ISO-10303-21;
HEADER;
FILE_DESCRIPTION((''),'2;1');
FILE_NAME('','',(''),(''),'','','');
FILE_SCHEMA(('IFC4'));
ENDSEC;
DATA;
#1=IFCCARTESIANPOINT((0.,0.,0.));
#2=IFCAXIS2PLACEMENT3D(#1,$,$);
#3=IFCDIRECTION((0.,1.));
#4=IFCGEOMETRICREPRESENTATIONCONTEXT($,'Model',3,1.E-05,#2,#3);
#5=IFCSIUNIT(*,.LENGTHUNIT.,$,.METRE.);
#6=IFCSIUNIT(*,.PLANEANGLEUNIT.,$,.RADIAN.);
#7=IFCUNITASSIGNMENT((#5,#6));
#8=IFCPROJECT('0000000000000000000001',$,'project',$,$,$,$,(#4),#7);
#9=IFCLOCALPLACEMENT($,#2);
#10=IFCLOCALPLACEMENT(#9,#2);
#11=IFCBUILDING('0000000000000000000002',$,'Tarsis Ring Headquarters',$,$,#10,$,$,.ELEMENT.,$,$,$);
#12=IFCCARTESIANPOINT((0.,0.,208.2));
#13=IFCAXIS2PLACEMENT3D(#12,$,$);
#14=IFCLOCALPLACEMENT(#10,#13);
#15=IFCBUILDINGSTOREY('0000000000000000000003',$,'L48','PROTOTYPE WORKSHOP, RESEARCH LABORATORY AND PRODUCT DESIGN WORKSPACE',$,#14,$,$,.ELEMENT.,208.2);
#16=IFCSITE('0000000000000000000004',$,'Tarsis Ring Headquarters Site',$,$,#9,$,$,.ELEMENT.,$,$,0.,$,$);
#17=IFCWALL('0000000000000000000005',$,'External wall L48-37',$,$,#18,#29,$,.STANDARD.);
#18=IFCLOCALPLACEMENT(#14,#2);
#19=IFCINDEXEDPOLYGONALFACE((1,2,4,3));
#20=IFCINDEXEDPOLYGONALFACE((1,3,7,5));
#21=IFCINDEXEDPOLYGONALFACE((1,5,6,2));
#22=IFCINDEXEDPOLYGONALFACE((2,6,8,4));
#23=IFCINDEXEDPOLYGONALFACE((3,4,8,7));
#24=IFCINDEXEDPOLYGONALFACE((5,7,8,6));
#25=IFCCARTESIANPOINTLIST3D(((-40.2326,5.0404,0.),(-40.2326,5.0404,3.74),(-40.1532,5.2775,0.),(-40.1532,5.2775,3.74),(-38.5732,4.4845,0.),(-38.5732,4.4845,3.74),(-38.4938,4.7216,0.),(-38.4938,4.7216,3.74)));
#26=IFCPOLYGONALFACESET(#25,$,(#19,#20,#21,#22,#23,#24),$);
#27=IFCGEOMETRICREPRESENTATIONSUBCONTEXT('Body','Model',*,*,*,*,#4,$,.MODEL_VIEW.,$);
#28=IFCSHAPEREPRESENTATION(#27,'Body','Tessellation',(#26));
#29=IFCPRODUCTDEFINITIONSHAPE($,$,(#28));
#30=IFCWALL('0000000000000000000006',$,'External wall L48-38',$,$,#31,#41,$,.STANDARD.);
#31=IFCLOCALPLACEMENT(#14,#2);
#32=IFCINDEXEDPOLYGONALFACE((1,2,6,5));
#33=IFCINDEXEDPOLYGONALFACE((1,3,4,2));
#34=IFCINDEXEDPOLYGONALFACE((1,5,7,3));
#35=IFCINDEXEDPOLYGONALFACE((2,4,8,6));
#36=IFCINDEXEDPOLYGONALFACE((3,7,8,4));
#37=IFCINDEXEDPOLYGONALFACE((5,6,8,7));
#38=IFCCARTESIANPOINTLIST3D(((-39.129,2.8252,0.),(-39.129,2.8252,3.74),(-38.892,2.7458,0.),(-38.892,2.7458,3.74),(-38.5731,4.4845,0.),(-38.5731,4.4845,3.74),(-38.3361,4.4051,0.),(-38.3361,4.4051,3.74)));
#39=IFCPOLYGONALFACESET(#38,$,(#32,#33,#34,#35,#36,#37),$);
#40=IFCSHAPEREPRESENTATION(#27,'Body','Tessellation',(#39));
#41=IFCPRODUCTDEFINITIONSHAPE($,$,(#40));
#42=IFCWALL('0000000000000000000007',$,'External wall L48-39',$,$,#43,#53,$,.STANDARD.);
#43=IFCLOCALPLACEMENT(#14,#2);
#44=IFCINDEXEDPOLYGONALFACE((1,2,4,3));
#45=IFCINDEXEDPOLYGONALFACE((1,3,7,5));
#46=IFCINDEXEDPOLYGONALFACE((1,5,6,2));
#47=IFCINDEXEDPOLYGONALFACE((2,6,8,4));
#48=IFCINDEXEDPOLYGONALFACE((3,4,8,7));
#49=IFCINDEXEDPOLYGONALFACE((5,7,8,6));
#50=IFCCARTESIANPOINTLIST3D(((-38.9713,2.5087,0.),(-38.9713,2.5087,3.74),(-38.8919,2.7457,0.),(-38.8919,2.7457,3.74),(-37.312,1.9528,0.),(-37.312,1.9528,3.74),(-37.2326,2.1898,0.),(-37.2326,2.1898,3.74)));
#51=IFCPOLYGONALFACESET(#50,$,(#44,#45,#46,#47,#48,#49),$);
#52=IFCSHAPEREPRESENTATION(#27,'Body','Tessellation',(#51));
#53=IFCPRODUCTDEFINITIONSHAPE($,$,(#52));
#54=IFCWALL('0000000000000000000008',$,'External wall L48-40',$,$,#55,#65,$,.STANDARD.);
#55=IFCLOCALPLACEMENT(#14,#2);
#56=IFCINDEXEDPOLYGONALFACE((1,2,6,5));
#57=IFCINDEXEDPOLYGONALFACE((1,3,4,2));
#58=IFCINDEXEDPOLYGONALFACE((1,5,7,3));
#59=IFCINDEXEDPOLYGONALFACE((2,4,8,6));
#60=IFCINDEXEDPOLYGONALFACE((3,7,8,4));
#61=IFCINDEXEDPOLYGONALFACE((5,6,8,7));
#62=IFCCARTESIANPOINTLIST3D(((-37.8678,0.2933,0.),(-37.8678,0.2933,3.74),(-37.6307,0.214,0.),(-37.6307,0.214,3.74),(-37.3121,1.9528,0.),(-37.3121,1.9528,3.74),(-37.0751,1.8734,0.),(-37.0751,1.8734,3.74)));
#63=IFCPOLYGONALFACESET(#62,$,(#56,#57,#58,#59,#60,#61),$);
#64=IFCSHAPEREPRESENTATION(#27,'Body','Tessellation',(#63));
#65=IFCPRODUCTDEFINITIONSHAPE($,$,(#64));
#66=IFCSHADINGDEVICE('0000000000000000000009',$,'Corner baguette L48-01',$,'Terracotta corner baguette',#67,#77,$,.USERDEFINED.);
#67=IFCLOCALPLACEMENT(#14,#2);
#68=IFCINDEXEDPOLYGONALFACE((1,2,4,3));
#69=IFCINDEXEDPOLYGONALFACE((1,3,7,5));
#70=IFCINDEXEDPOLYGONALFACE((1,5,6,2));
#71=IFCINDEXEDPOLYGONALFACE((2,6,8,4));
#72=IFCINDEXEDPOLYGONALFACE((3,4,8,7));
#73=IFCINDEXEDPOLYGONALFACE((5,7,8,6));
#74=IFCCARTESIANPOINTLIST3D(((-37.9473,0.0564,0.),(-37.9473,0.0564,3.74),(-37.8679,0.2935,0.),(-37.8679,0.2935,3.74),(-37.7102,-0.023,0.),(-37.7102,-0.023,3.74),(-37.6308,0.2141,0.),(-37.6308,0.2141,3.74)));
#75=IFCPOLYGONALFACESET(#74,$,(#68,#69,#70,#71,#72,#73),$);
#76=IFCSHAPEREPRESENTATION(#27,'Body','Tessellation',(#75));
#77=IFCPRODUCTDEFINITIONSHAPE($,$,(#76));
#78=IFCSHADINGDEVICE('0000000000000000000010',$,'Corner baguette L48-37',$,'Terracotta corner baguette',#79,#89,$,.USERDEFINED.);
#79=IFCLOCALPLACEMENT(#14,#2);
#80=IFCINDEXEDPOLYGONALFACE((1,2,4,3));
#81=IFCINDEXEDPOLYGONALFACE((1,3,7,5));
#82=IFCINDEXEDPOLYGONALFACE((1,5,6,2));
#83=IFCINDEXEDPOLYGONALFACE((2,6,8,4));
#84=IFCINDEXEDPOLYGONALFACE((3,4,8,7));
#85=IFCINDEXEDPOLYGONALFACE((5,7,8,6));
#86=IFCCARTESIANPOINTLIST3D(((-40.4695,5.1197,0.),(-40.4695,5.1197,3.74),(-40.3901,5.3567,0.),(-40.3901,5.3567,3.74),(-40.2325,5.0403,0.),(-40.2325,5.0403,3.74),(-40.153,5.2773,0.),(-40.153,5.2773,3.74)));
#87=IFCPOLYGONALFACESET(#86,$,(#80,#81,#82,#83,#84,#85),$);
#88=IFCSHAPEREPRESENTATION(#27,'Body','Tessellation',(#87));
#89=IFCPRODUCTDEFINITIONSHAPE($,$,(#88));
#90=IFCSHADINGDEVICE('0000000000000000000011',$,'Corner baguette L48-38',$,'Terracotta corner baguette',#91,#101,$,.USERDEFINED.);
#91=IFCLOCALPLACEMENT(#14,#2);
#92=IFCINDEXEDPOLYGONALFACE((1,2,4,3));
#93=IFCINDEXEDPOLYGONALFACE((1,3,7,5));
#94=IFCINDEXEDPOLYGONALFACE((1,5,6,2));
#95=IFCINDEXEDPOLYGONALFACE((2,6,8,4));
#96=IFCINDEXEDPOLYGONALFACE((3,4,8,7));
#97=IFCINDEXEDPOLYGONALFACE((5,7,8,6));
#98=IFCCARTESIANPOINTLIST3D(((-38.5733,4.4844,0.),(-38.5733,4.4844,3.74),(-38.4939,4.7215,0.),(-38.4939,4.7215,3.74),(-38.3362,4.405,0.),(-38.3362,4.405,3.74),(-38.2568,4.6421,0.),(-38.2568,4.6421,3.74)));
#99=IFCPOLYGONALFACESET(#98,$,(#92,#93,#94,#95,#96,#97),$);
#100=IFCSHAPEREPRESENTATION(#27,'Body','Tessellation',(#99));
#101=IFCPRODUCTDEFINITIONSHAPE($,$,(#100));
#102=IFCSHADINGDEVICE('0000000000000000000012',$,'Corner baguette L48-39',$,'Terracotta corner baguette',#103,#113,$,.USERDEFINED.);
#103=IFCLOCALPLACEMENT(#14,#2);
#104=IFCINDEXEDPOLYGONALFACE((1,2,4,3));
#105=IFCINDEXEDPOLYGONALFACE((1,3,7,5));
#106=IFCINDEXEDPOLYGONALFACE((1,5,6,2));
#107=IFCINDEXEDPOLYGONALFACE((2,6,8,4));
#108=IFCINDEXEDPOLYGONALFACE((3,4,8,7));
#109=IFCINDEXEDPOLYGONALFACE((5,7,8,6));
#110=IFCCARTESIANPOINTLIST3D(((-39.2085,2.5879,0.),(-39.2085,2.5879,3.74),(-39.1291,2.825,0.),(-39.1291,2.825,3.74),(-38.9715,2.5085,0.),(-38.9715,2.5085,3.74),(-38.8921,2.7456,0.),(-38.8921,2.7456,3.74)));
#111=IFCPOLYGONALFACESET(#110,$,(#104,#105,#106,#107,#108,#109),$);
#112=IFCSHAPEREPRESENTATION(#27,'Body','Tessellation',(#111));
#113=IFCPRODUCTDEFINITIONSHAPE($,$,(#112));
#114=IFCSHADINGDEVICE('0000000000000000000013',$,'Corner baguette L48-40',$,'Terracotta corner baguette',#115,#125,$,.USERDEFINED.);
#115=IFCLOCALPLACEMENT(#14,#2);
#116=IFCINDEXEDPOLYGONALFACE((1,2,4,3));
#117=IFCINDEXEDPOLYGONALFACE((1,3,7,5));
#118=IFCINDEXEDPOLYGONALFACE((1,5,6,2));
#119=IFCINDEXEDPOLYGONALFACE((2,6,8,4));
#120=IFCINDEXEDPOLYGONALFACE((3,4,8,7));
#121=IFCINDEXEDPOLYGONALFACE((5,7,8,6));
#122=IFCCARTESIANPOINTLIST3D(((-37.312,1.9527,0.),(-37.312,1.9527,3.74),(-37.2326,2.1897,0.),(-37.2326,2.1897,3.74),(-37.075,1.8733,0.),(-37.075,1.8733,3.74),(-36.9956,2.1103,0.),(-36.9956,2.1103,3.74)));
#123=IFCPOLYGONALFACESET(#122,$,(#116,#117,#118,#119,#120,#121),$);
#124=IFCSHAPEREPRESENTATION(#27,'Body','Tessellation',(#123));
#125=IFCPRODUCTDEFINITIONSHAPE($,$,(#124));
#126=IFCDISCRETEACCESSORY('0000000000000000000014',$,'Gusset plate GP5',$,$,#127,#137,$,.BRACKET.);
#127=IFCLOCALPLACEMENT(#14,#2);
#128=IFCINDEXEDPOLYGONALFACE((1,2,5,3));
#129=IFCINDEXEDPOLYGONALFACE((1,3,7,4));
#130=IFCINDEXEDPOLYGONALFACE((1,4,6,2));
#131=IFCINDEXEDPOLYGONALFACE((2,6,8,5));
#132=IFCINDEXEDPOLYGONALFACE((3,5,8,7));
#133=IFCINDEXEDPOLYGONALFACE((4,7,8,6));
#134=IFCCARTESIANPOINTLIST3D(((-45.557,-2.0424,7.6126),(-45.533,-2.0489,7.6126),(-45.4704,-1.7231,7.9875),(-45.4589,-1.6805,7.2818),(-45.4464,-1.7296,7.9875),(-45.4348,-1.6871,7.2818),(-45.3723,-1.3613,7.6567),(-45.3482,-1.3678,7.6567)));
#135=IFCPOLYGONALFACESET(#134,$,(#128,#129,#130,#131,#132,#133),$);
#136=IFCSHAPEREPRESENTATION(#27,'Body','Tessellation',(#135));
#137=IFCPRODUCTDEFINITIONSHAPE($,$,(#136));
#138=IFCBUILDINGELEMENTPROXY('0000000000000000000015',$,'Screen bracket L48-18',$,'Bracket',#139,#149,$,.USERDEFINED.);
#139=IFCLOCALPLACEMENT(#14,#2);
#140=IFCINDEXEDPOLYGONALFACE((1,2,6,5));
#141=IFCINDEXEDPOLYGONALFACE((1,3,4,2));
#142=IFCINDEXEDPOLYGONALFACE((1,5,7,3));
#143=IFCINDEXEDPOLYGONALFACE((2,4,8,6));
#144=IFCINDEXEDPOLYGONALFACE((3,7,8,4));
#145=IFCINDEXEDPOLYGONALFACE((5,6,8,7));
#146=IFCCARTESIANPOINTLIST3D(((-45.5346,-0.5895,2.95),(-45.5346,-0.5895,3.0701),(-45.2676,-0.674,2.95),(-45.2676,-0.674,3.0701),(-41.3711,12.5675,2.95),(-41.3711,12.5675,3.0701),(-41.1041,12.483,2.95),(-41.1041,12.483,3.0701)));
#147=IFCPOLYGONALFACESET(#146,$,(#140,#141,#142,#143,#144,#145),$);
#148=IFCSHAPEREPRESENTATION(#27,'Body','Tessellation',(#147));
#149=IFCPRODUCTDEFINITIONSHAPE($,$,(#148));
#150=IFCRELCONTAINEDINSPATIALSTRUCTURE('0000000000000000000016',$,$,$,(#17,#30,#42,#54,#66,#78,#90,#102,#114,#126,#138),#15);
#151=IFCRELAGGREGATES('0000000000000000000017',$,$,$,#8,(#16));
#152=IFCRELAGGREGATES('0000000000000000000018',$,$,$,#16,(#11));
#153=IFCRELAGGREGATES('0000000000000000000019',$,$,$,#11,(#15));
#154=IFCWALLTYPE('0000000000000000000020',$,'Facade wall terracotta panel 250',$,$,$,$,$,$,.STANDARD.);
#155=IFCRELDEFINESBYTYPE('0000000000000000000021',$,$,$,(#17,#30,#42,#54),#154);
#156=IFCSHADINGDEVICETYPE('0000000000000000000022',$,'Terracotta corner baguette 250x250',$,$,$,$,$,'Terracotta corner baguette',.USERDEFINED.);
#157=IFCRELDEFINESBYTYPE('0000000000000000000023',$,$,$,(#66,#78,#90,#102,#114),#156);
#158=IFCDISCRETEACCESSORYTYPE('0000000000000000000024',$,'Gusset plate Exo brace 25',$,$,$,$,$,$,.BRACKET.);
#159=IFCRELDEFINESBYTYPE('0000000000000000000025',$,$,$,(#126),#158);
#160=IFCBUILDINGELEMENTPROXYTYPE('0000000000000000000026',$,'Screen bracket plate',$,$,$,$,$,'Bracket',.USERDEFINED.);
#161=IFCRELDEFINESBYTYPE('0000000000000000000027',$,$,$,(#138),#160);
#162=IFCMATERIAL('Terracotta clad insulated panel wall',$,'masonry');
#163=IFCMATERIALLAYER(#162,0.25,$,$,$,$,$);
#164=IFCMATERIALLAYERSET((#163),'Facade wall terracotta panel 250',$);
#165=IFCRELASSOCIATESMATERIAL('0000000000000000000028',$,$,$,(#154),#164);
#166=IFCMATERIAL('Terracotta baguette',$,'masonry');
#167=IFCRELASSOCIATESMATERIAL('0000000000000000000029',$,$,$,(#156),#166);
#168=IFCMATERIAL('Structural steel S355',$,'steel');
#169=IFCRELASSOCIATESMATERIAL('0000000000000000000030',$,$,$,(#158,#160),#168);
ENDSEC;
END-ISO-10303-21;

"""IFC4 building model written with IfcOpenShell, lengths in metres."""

from ifc_helpers import new_model, si_unit, direction, frame, frame_2d, origin, origin_2d, place, context, subcontext, project, spatial, rectangle, extrude, material, layer, layer_set, material_profile, profile_set, type_object, element, save


model = new_model("IFC4")

# Units and contexts
model_context = context("Model", 3, precision=1e-05, world=origin(), true_north=direction((0.0, 1.0)))
body_context = subcontext(model_context, "Body", "Model", "MODEL_VIEW")
ifc_project = project(units=[si_unit("LENGTHUNIT", "METRE"), si_unit("PLANEANGLEUNIT", "RADIAN")], contexts=[model_context])

# Site, building, storey
site_placement = place(None, origin())
site = spatial("IfcSite", under=ifc_project, at=site_placement, Name="Tarsis Ring Headquarters Site", CompositionType="ELEMENT", RefElevation=0.0)
building_placement = place(site_placement, origin())
building = spatial("IfcBuilding", under=site, at=building_placement, Name="Tarsis Ring Headquarters", CompositionType="ELEMENT")
storey_placement = place(building_placement, frame((0.0, 0.0, 208.2)))
storey = spatial("IfcBuildingStorey", under=building, at=storey_placement, Name="L48", Description="PROTOTYPE WORKSHOP, RESEARCH LABORATORY AND PRODUCT DESIGN WORKSPACE", CompositionType="ELEMENT", Elevation=208.2)

# Shared definitions
ifc_material_1 = material(Name="Structural steel S355", Category="steel")

# Shared definitions
ifc_material_2 = material(Name="Terracotta clad insulated panel wall", Category="masonry")
ifc_layer_1 = layer(ifc_material_2, 0.25)
ifc_layer_set_1 = layer_set([ifc_layer_1], Name="Facade wall terracotta panel 250")
wall_type_1 = type_object("IfcWallType", Name="Facade wall terracotta panel 250", PredefinedType="STANDARD", material=ifc_layer_set_1)

# Walls
for number, where, z_axis, x_axis, name in (
    (1, (-40.1929, 5.1589, 0.0), (0.0, 0.0, 1.0), (0.948208, -0.31765, 0.0), "External wall L48-37"),
    (2, (-38.4546, 4.4448, 0.0), (0.0, 0.0, 1.0), (-0.31765, -0.948208, 0.0), "External wall L48-38"),
    (3, (-38.9316, 2.6272, 0.0), (0.0, 0.0, 1.0), (0.948208, -0.31765, 0.0), "External wall L48-39"),
    (4, (-37.1936, 1.9131, 0.0), (0.0, 0.0, 1.0), (-0.317525, -0.94825, 0.0), "External wall L48-40"),
):
    element("IfcWall", number, at=place(storey_placement, frame(where, z_axis=z_axis, x_axis=x_axis)), inside=storey, type_object=wall_type_1, Name=name, PredefinedType="STANDARD", context=body_context, shape_type="SweptSolid", body=[
        extrude(rectangle(XDim=1.75, YDim=0.25, at=frame_2d((0.875, 0.0))), origin(), (0.0, 0.0, 1.0), 3.74),
    ])

# Shading devices
ifc_material_3 = material(Name="Terracotta baguette", Category="masonry")
shading_device_type_1 = type_object("IfcShadingDeviceType", Name="Terracotta corner baguette 250x250", ElementType="Terracotta corner baguette", PredefinedType="USERDEFINED", material=ifc_material_3)
for number, where, z_axis, x_axis, name in (
    (5, (-37.7891, 0.1353, 0.0), (0.0, 0.0, 1.0), (-0.317636, -0.948213, 0.0), "Corner baguette L48-01"),
    (6, (-40.3113, 5.1985, 0.0), (0.0, 0.0, 1.0), (-0.317636, -0.948213, 0.0), "Corner baguette L48-37"),
    (7, (-38.415, 4.5632, 0.0), (0.0, 0.0, 1.0), (0.948213, -0.317635, 0.0), "Corner baguette L48-38"),
    (8, (-39.0503, 2.6667, 0.0), (0.0, 0.0, 1.0), (-0.317636, -0.948213, 0.0), "Corner baguette L48-39"),
    (9, (-37.1538, 2.0315, 0.0), (0.0, 0.0, 1.0), (0.948213, -0.317636, 0.0), "Corner baguette L48-40"),
):
    element("IfcShadingDevice", number, at=place(storey_placement, frame(where, z_axis=z_axis, x_axis=x_axis)), inside=storey, type_object=shading_device_type_1, Name=name, ObjectType="Terracotta corner baguette", PredefinedType="USERDEFINED", context=body_context, shape_type="SweptSolid", body=[
        extrude(rectangle(XDim=0.25, YDim=0.25, at=origin_2d()), origin(), (0.0, 0.0, 1.0), 3.74),
    ])

# Discrete accessory
ifc_material_profile_1 = material_profile(ifc_material_1, rectangle(XDim=0.0249, YDim=0.5, at=origin_2d()), Name="PL 25x500")
ifc_profile_set_1 = profile_set([ifc_material_profile_1], Name="Structural steel S355")
discrete_accessory_type = type_object("IfcDiscreteAccessoryType", Name="Gusset plate Exo brace 25", PredefinedType="BRACKET", material=ifc_profile_set_1)
discrete_accessory_placement = place(storey_placement, frame((-45.5017, -1.886, 7.8), z_axis=(0.196297, 0.723663, -0.661649), x_axis=(-0.965124, 0.261795, 0.0)))
element("IfcDiscreteAccessory", 10, at=discrete_accessory_placement, inside=storey, type_object=discrete_accessory_type, Name="Gusset plate GP5", PredefinedType="BRACKET", context=body_context, shape_type="SweptSolid", body=[
    extrude(rectangle(XDim=0.0249, YDim=0.5, at=origin_2d()), origin(), (0.0, 0.0, 1.0), 0.5),
])

# Building element proxy
building_element_proxy_type = type_object("IfcBuildingElementProxyType", Name="Screen bracket plate", ElementType="Bracket", PredefinedType="USERDEFINED", material=ifc_material_1)
proxy_placement = place(storey_placement, frame((-43.3193, 5.9468, 2.95), z_axis=(0.0, 0.0, 1.0), x_axis=(-0.301704, -0.953402, 0.0)))
element("IfcBuildingElementProxy", 11, at=proxy_placement, inside=storey, type_object=building_element_proxy_type, Name="Screen bracket L48-18", ObjectType="Bracket", PredefinedType="USERDEFINED", context=body_context, shape_type="SweptSolid", body=[
    extrude(rectangle(XDim=13.8, YDim=0.28, at=origin_2d()), origin(), (0.0, 0.0, 1.0), 0.1201),
])

save(model, "model.ifc")
